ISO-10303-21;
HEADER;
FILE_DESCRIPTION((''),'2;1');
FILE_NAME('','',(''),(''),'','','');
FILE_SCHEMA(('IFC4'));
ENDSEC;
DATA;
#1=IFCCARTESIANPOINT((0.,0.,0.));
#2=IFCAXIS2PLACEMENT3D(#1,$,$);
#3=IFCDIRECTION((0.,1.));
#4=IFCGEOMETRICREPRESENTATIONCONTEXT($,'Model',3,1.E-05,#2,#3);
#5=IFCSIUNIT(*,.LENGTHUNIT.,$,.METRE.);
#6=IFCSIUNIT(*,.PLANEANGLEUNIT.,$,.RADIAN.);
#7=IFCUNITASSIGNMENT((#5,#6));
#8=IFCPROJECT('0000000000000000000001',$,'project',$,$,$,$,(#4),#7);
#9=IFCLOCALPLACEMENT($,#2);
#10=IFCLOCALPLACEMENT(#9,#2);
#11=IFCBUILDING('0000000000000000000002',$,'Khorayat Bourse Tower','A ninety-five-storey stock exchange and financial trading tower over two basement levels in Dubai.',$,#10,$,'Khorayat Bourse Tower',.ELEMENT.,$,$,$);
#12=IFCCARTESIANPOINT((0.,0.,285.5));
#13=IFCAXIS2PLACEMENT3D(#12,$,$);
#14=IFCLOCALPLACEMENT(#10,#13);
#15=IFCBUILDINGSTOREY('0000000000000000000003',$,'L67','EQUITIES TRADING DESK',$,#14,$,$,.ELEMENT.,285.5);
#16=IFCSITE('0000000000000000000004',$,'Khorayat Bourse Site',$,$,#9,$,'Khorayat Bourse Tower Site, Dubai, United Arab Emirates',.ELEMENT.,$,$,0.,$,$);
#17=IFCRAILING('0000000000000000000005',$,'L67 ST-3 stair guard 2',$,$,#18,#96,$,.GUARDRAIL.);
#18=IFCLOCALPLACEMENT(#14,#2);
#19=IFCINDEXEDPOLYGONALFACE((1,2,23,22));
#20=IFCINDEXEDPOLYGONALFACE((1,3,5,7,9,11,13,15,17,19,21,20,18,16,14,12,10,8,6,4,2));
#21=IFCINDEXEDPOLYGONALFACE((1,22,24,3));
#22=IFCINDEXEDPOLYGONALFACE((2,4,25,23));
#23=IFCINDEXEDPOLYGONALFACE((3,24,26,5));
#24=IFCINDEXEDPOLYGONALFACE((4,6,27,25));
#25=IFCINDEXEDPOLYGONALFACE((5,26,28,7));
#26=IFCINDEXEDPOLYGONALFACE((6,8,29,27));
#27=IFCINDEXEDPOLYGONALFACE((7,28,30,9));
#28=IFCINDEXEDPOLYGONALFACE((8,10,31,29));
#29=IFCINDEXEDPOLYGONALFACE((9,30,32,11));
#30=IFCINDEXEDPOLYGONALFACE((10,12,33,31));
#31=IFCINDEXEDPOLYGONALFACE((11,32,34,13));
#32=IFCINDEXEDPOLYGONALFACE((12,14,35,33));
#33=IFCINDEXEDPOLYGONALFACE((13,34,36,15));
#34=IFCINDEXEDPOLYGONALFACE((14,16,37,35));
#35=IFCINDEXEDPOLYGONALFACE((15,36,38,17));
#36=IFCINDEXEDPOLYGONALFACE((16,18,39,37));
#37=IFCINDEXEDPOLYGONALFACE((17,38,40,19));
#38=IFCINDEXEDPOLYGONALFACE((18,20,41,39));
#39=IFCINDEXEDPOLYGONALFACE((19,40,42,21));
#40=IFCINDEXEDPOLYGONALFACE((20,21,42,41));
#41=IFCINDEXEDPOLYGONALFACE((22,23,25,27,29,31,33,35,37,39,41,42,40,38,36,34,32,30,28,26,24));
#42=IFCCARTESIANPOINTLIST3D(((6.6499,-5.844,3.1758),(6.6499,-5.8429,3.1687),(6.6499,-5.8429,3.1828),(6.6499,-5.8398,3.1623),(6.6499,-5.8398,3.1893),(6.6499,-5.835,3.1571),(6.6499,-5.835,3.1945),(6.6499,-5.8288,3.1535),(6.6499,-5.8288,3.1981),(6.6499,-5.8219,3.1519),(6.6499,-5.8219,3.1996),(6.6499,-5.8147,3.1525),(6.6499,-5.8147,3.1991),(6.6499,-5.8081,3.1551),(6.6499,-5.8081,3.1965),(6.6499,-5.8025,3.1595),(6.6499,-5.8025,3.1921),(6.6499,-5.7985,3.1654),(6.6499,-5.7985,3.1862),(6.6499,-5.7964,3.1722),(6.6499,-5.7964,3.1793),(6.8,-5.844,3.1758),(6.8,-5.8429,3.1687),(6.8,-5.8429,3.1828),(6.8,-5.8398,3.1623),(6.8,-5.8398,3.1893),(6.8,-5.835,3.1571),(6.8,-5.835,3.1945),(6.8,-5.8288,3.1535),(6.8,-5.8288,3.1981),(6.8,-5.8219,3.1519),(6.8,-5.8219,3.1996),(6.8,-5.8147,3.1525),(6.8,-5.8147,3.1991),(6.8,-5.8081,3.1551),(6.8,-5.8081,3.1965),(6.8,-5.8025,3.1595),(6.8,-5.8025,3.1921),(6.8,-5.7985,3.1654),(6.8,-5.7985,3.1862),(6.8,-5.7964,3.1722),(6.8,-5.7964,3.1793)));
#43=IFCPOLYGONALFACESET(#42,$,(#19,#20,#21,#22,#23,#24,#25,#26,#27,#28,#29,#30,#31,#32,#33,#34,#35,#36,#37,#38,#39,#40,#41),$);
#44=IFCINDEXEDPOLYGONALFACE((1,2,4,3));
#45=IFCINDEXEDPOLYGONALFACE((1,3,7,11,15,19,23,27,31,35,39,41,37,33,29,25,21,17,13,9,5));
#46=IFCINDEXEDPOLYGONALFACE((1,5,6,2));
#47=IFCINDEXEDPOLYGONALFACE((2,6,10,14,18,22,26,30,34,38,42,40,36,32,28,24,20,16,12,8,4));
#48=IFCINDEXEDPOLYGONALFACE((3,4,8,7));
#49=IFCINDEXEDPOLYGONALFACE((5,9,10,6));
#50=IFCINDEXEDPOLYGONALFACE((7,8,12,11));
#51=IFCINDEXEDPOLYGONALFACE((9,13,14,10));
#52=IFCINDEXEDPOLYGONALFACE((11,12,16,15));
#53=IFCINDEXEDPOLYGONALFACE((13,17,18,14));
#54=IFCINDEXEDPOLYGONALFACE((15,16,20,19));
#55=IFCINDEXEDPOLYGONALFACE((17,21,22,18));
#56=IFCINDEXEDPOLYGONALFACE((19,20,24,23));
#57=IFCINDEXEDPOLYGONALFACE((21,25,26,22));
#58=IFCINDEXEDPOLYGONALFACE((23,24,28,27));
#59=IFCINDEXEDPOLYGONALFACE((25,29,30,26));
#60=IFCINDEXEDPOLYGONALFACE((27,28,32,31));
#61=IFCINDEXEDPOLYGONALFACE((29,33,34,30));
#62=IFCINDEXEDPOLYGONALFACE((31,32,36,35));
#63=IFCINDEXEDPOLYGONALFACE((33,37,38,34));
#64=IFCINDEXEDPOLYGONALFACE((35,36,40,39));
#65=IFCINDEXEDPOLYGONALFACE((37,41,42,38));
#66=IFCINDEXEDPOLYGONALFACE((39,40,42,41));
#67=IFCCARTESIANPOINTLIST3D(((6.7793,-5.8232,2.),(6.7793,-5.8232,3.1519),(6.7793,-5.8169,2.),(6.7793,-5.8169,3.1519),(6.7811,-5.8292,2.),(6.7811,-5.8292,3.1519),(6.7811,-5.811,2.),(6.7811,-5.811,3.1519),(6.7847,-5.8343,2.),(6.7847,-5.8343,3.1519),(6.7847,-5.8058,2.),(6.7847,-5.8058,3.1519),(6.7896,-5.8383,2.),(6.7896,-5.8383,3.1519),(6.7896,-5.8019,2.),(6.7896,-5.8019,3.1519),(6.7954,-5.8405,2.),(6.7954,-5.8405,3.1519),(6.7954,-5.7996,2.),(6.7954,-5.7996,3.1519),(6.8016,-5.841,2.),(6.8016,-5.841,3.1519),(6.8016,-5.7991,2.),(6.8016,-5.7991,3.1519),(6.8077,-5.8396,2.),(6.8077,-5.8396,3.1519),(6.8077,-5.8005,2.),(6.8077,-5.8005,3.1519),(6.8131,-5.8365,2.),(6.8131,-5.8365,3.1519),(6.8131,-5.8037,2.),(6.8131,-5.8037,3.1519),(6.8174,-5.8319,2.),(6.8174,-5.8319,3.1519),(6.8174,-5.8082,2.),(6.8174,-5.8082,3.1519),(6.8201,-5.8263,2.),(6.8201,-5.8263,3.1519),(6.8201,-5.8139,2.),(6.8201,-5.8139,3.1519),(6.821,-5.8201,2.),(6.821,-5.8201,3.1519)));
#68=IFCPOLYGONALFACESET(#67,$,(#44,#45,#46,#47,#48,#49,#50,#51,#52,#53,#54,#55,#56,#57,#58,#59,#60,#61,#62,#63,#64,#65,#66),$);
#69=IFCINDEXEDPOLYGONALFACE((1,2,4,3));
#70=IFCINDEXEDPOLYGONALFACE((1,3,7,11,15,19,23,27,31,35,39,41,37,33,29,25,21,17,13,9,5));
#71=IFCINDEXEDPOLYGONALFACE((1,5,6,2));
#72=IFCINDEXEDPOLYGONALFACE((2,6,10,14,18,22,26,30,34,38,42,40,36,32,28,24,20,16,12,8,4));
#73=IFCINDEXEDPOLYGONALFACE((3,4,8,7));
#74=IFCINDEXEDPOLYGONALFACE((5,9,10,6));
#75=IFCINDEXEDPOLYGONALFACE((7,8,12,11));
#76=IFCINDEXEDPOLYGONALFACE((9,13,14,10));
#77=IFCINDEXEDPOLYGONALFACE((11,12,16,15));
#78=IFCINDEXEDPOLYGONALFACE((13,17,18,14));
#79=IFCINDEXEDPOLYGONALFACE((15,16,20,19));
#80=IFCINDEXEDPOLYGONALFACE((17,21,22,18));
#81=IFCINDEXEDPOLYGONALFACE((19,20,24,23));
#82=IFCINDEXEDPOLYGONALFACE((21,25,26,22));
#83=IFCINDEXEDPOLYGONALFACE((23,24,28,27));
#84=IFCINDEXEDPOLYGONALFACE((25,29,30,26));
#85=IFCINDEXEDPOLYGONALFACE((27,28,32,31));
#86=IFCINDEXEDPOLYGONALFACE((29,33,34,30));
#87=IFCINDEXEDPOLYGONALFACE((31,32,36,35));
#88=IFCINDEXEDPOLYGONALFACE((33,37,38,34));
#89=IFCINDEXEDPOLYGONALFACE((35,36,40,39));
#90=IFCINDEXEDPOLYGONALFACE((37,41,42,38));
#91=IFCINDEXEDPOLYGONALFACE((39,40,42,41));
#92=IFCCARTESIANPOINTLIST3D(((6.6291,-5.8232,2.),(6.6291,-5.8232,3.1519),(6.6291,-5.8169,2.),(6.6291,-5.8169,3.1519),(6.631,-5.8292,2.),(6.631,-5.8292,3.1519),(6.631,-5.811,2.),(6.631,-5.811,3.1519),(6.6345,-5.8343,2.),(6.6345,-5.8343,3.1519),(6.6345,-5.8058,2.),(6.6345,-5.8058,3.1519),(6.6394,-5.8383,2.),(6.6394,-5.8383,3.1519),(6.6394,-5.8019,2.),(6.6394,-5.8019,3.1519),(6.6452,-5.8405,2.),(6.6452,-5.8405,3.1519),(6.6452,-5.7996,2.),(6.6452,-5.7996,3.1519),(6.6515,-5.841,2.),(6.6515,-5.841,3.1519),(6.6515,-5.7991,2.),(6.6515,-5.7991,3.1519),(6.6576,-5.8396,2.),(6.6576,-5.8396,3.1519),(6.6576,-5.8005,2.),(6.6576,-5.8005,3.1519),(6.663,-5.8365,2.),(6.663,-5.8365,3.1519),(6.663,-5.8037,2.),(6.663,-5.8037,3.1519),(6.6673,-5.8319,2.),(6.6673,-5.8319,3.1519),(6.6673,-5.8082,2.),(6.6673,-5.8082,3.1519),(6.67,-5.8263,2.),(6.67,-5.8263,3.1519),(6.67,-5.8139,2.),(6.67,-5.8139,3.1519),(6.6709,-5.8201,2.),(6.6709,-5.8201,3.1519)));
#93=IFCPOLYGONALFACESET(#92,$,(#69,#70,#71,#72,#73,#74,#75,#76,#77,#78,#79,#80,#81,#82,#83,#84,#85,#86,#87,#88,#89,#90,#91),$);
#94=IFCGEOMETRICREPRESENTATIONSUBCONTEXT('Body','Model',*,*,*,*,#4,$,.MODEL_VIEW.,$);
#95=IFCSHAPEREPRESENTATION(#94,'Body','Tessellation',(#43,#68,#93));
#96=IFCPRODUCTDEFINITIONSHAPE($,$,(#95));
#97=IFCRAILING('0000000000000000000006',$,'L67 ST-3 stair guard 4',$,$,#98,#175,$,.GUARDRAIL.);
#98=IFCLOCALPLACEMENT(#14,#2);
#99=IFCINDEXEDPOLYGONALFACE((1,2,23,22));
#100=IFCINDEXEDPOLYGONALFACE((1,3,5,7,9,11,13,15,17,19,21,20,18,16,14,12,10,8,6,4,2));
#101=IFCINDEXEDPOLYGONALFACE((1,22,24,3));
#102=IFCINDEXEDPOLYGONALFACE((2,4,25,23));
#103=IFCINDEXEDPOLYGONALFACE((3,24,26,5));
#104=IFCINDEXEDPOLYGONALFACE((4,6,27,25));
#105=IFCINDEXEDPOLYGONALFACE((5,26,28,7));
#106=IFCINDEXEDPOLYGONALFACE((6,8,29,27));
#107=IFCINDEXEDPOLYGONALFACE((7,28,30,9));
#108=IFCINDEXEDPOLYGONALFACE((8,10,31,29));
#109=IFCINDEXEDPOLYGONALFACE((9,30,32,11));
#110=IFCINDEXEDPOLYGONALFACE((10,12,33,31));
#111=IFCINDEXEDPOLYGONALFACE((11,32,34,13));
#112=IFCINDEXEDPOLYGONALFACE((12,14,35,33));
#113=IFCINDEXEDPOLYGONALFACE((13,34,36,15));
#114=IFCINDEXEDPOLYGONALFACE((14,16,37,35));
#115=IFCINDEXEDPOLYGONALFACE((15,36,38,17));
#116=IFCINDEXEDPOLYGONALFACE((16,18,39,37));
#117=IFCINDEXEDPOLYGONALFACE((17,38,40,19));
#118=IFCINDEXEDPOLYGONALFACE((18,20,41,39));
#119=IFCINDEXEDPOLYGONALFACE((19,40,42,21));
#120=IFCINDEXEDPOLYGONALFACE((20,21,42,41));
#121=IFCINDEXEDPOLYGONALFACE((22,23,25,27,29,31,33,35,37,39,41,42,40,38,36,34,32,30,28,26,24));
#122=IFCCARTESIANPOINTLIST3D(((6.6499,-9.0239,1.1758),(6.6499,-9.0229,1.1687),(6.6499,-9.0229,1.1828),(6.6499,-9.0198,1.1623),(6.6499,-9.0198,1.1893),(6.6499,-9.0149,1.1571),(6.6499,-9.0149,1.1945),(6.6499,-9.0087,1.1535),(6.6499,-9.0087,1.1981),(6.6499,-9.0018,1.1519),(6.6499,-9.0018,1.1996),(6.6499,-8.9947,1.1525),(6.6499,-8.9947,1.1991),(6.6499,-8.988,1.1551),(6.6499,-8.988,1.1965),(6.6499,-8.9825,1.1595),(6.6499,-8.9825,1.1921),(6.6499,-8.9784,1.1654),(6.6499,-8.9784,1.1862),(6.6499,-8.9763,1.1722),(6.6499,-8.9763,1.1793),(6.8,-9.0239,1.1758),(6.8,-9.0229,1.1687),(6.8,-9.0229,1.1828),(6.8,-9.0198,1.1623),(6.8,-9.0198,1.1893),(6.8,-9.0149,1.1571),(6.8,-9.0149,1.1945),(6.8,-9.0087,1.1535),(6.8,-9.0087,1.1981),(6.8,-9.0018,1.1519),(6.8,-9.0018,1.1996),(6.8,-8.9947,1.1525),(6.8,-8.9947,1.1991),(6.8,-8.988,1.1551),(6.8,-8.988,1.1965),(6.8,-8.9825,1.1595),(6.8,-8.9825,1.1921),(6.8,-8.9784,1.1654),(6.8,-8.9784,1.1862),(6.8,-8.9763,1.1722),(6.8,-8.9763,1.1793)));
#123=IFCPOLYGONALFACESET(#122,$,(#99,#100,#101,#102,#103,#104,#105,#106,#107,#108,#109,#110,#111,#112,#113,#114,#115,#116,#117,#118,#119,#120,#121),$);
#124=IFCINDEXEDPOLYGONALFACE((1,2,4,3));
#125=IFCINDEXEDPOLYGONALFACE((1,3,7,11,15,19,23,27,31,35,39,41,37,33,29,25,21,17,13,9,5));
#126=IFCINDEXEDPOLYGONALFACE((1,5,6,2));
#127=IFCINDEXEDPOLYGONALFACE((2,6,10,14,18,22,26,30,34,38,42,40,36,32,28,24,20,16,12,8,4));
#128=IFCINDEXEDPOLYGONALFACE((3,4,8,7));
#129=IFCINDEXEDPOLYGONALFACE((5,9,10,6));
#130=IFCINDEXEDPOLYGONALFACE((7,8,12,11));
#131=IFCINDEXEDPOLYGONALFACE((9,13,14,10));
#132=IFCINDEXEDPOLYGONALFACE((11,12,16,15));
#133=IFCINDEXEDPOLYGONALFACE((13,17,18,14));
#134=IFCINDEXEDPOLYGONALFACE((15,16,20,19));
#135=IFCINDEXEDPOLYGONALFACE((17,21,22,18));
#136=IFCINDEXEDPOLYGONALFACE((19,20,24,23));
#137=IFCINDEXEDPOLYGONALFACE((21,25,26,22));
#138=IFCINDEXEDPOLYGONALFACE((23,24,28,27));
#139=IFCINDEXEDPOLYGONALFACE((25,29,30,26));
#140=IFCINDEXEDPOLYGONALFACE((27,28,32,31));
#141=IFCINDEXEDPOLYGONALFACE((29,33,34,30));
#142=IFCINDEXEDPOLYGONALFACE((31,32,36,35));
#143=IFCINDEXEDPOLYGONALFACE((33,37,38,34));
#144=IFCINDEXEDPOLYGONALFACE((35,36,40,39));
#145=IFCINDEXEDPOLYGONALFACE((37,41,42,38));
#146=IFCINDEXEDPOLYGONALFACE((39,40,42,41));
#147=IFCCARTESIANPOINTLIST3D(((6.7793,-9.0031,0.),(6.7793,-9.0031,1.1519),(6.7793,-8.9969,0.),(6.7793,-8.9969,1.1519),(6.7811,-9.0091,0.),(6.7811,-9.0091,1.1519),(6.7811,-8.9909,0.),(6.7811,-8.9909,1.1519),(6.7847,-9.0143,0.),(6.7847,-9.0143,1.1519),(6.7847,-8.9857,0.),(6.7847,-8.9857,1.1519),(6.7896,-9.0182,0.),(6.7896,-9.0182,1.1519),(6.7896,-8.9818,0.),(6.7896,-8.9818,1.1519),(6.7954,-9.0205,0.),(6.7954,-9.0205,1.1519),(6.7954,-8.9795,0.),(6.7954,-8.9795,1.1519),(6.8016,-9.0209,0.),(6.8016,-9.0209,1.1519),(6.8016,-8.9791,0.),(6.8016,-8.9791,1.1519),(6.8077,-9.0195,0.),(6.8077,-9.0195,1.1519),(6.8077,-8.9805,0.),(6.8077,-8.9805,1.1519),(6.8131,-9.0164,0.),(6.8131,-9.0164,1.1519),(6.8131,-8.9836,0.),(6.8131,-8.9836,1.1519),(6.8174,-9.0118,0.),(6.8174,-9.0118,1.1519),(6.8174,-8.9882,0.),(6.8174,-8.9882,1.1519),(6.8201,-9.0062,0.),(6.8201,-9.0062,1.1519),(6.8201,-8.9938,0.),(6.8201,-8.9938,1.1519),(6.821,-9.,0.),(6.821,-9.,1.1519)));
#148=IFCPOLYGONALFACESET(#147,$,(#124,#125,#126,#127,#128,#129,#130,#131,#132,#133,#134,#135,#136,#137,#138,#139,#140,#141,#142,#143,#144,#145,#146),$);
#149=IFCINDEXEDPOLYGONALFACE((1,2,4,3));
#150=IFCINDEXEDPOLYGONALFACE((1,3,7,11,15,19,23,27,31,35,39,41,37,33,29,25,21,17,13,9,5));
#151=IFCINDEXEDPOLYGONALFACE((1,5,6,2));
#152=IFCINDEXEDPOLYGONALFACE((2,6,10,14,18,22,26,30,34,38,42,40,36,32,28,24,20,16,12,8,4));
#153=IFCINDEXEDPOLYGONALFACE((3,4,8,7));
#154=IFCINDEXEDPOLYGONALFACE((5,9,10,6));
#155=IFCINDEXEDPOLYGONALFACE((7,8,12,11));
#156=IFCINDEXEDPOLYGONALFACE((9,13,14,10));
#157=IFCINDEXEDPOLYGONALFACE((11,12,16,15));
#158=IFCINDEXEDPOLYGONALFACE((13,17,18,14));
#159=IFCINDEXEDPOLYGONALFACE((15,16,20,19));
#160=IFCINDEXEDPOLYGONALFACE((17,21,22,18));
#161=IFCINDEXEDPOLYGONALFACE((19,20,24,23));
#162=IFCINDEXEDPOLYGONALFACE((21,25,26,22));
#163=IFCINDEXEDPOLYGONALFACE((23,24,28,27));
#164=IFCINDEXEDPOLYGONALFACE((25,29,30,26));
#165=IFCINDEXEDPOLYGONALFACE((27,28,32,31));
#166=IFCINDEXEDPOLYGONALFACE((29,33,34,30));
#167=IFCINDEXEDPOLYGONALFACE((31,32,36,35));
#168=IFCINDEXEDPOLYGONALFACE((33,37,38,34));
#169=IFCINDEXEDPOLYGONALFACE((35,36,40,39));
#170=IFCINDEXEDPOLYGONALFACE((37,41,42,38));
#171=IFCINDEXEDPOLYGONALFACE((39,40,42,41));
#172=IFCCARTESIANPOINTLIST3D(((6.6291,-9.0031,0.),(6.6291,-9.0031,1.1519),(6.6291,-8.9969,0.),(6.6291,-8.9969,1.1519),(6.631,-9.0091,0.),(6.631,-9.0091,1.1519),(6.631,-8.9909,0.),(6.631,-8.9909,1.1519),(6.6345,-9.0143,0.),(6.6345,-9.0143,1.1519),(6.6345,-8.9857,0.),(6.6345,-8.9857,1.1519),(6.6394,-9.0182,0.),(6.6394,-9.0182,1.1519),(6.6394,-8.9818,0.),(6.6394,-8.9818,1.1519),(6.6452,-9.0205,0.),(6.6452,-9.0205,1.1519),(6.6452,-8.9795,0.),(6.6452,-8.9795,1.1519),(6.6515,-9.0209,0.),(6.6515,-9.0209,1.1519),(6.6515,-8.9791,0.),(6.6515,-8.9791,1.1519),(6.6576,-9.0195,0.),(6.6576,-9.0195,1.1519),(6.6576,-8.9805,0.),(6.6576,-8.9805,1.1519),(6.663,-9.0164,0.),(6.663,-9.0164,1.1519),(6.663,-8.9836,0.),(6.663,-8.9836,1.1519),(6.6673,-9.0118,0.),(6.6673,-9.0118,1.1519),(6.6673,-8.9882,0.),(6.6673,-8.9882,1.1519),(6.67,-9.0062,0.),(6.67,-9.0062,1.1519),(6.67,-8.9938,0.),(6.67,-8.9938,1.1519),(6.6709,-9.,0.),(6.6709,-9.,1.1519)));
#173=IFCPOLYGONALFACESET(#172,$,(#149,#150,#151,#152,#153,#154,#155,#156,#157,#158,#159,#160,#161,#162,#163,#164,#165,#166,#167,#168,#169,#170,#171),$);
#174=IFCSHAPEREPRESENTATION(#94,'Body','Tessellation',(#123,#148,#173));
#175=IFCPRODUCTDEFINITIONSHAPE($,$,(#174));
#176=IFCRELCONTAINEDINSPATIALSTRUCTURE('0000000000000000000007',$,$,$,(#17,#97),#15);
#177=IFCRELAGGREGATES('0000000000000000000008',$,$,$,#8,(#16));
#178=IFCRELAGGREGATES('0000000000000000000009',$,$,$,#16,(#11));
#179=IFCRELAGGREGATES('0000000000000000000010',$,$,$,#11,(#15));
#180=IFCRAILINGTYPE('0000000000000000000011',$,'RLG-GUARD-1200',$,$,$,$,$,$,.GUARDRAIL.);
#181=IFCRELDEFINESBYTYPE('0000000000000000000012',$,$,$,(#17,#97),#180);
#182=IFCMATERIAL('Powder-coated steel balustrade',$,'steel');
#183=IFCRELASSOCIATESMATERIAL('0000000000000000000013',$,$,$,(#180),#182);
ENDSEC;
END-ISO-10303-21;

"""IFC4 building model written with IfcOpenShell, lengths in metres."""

from ifc_helpers import new_model, si_unit, direction, frame, origin, origin_2d, place, context, subcontext, project, spatial, circle, extrude, source, transform, mapped, material, type_object, element, save


model = new_model("IFC4")

# Units and contexts
model_context = context("Model", 3, precision=1e-05, world=origin(), true_north=direction((0.0, 1.0)))
body_context = subcontext(model_context, "Body", "Model", "MODEL_VIEW")
ifc_project = project(units=[si_unit("LENGTHUNIT", "METRE"), si_unit("PLANEANGLEUNIT", "RADIAN")], contexts=[model_context])

# Site, building, storey
site_placement = place(None, origin())
site = spatial("IfcSite", under=ifc_project, at=site_placement, Name="Khorayat Bourse Site", LongName="Khorayat Bourse Tower Site, Dubai, United Arab Emirates", CompositionType="ELEMENT", RefElevation=0.0)
building_placement = place(site_placement, origin())
building = spatial("IfcBuilding", under=site, at=building_placement, Name="Khorayat Bourse Tower", Description="A ninety-five-storey stock exchange and financial trading tower over two basement levels in Dubai.", LongName="Khorayat Bourse Tower", CompositionType="ELEMENT")
storey_placement = place(building_placement, frame((0.0, 0.0, 285.5)))
storey = spatial("IfcBuildingStorey", under=building, at=storey_placement, Name="L67", Description="EQUITIES TRADING DESK", CompositionType="ELEMENT", Elevation=285.5)

# Railings
ifc_material_1 = material(Name="Powder-coated steel balustrade", Category="steel")
railing_type_1 = type_object("IfcRailingType", Name="RLG-GUARD-1200", PredefinedType="GUARDRAIL", material=ifc_material_1)
shared_shape_1 = source(origin(), body_context, "Body", "SweptSolid", [
    extrude(circle(Radius=0.0239, at=origin_2d()), frame((0.0, 0.0, 1.1758), z_axis=(-1.0, 0.0, 0.0), x_axis=(0.0, -1.0, 0.0)), (0.0, 0.0, 1.0), 0.1501),
    extrude(circle(Radius=0.021, at=origin_2d()), origin(), (0.0, 0.0, 1.0), 1.1519),
    extrude(circle(Radius=0.021, at=origin_2d()), frame((-0.1501, 0.0, 0.0)), (0.0, 0.0, 1.0), 1.1519),
])
for number, where, name in (
    (1, (6.8, -5.8201, 2.0), "L67 ST-3 stair guard 2"),
    (2, (6.8, -9.0, 0.0), "L67 ST-3 stair guard 4"),
):
    element("IfcRailing", number, at=place(storey_placement, frame(where)), inside=storey, type_object=railing_type_1, Name=name, PredefinedType="GUARDRAIL", context=body_context, shape_type="MappedRepresentation", body=[
        mapped(shared_shape_1, transform((0.0, 0.0, 0.0), scale=1.0)),
    ])

save(model, "model.ifc")
